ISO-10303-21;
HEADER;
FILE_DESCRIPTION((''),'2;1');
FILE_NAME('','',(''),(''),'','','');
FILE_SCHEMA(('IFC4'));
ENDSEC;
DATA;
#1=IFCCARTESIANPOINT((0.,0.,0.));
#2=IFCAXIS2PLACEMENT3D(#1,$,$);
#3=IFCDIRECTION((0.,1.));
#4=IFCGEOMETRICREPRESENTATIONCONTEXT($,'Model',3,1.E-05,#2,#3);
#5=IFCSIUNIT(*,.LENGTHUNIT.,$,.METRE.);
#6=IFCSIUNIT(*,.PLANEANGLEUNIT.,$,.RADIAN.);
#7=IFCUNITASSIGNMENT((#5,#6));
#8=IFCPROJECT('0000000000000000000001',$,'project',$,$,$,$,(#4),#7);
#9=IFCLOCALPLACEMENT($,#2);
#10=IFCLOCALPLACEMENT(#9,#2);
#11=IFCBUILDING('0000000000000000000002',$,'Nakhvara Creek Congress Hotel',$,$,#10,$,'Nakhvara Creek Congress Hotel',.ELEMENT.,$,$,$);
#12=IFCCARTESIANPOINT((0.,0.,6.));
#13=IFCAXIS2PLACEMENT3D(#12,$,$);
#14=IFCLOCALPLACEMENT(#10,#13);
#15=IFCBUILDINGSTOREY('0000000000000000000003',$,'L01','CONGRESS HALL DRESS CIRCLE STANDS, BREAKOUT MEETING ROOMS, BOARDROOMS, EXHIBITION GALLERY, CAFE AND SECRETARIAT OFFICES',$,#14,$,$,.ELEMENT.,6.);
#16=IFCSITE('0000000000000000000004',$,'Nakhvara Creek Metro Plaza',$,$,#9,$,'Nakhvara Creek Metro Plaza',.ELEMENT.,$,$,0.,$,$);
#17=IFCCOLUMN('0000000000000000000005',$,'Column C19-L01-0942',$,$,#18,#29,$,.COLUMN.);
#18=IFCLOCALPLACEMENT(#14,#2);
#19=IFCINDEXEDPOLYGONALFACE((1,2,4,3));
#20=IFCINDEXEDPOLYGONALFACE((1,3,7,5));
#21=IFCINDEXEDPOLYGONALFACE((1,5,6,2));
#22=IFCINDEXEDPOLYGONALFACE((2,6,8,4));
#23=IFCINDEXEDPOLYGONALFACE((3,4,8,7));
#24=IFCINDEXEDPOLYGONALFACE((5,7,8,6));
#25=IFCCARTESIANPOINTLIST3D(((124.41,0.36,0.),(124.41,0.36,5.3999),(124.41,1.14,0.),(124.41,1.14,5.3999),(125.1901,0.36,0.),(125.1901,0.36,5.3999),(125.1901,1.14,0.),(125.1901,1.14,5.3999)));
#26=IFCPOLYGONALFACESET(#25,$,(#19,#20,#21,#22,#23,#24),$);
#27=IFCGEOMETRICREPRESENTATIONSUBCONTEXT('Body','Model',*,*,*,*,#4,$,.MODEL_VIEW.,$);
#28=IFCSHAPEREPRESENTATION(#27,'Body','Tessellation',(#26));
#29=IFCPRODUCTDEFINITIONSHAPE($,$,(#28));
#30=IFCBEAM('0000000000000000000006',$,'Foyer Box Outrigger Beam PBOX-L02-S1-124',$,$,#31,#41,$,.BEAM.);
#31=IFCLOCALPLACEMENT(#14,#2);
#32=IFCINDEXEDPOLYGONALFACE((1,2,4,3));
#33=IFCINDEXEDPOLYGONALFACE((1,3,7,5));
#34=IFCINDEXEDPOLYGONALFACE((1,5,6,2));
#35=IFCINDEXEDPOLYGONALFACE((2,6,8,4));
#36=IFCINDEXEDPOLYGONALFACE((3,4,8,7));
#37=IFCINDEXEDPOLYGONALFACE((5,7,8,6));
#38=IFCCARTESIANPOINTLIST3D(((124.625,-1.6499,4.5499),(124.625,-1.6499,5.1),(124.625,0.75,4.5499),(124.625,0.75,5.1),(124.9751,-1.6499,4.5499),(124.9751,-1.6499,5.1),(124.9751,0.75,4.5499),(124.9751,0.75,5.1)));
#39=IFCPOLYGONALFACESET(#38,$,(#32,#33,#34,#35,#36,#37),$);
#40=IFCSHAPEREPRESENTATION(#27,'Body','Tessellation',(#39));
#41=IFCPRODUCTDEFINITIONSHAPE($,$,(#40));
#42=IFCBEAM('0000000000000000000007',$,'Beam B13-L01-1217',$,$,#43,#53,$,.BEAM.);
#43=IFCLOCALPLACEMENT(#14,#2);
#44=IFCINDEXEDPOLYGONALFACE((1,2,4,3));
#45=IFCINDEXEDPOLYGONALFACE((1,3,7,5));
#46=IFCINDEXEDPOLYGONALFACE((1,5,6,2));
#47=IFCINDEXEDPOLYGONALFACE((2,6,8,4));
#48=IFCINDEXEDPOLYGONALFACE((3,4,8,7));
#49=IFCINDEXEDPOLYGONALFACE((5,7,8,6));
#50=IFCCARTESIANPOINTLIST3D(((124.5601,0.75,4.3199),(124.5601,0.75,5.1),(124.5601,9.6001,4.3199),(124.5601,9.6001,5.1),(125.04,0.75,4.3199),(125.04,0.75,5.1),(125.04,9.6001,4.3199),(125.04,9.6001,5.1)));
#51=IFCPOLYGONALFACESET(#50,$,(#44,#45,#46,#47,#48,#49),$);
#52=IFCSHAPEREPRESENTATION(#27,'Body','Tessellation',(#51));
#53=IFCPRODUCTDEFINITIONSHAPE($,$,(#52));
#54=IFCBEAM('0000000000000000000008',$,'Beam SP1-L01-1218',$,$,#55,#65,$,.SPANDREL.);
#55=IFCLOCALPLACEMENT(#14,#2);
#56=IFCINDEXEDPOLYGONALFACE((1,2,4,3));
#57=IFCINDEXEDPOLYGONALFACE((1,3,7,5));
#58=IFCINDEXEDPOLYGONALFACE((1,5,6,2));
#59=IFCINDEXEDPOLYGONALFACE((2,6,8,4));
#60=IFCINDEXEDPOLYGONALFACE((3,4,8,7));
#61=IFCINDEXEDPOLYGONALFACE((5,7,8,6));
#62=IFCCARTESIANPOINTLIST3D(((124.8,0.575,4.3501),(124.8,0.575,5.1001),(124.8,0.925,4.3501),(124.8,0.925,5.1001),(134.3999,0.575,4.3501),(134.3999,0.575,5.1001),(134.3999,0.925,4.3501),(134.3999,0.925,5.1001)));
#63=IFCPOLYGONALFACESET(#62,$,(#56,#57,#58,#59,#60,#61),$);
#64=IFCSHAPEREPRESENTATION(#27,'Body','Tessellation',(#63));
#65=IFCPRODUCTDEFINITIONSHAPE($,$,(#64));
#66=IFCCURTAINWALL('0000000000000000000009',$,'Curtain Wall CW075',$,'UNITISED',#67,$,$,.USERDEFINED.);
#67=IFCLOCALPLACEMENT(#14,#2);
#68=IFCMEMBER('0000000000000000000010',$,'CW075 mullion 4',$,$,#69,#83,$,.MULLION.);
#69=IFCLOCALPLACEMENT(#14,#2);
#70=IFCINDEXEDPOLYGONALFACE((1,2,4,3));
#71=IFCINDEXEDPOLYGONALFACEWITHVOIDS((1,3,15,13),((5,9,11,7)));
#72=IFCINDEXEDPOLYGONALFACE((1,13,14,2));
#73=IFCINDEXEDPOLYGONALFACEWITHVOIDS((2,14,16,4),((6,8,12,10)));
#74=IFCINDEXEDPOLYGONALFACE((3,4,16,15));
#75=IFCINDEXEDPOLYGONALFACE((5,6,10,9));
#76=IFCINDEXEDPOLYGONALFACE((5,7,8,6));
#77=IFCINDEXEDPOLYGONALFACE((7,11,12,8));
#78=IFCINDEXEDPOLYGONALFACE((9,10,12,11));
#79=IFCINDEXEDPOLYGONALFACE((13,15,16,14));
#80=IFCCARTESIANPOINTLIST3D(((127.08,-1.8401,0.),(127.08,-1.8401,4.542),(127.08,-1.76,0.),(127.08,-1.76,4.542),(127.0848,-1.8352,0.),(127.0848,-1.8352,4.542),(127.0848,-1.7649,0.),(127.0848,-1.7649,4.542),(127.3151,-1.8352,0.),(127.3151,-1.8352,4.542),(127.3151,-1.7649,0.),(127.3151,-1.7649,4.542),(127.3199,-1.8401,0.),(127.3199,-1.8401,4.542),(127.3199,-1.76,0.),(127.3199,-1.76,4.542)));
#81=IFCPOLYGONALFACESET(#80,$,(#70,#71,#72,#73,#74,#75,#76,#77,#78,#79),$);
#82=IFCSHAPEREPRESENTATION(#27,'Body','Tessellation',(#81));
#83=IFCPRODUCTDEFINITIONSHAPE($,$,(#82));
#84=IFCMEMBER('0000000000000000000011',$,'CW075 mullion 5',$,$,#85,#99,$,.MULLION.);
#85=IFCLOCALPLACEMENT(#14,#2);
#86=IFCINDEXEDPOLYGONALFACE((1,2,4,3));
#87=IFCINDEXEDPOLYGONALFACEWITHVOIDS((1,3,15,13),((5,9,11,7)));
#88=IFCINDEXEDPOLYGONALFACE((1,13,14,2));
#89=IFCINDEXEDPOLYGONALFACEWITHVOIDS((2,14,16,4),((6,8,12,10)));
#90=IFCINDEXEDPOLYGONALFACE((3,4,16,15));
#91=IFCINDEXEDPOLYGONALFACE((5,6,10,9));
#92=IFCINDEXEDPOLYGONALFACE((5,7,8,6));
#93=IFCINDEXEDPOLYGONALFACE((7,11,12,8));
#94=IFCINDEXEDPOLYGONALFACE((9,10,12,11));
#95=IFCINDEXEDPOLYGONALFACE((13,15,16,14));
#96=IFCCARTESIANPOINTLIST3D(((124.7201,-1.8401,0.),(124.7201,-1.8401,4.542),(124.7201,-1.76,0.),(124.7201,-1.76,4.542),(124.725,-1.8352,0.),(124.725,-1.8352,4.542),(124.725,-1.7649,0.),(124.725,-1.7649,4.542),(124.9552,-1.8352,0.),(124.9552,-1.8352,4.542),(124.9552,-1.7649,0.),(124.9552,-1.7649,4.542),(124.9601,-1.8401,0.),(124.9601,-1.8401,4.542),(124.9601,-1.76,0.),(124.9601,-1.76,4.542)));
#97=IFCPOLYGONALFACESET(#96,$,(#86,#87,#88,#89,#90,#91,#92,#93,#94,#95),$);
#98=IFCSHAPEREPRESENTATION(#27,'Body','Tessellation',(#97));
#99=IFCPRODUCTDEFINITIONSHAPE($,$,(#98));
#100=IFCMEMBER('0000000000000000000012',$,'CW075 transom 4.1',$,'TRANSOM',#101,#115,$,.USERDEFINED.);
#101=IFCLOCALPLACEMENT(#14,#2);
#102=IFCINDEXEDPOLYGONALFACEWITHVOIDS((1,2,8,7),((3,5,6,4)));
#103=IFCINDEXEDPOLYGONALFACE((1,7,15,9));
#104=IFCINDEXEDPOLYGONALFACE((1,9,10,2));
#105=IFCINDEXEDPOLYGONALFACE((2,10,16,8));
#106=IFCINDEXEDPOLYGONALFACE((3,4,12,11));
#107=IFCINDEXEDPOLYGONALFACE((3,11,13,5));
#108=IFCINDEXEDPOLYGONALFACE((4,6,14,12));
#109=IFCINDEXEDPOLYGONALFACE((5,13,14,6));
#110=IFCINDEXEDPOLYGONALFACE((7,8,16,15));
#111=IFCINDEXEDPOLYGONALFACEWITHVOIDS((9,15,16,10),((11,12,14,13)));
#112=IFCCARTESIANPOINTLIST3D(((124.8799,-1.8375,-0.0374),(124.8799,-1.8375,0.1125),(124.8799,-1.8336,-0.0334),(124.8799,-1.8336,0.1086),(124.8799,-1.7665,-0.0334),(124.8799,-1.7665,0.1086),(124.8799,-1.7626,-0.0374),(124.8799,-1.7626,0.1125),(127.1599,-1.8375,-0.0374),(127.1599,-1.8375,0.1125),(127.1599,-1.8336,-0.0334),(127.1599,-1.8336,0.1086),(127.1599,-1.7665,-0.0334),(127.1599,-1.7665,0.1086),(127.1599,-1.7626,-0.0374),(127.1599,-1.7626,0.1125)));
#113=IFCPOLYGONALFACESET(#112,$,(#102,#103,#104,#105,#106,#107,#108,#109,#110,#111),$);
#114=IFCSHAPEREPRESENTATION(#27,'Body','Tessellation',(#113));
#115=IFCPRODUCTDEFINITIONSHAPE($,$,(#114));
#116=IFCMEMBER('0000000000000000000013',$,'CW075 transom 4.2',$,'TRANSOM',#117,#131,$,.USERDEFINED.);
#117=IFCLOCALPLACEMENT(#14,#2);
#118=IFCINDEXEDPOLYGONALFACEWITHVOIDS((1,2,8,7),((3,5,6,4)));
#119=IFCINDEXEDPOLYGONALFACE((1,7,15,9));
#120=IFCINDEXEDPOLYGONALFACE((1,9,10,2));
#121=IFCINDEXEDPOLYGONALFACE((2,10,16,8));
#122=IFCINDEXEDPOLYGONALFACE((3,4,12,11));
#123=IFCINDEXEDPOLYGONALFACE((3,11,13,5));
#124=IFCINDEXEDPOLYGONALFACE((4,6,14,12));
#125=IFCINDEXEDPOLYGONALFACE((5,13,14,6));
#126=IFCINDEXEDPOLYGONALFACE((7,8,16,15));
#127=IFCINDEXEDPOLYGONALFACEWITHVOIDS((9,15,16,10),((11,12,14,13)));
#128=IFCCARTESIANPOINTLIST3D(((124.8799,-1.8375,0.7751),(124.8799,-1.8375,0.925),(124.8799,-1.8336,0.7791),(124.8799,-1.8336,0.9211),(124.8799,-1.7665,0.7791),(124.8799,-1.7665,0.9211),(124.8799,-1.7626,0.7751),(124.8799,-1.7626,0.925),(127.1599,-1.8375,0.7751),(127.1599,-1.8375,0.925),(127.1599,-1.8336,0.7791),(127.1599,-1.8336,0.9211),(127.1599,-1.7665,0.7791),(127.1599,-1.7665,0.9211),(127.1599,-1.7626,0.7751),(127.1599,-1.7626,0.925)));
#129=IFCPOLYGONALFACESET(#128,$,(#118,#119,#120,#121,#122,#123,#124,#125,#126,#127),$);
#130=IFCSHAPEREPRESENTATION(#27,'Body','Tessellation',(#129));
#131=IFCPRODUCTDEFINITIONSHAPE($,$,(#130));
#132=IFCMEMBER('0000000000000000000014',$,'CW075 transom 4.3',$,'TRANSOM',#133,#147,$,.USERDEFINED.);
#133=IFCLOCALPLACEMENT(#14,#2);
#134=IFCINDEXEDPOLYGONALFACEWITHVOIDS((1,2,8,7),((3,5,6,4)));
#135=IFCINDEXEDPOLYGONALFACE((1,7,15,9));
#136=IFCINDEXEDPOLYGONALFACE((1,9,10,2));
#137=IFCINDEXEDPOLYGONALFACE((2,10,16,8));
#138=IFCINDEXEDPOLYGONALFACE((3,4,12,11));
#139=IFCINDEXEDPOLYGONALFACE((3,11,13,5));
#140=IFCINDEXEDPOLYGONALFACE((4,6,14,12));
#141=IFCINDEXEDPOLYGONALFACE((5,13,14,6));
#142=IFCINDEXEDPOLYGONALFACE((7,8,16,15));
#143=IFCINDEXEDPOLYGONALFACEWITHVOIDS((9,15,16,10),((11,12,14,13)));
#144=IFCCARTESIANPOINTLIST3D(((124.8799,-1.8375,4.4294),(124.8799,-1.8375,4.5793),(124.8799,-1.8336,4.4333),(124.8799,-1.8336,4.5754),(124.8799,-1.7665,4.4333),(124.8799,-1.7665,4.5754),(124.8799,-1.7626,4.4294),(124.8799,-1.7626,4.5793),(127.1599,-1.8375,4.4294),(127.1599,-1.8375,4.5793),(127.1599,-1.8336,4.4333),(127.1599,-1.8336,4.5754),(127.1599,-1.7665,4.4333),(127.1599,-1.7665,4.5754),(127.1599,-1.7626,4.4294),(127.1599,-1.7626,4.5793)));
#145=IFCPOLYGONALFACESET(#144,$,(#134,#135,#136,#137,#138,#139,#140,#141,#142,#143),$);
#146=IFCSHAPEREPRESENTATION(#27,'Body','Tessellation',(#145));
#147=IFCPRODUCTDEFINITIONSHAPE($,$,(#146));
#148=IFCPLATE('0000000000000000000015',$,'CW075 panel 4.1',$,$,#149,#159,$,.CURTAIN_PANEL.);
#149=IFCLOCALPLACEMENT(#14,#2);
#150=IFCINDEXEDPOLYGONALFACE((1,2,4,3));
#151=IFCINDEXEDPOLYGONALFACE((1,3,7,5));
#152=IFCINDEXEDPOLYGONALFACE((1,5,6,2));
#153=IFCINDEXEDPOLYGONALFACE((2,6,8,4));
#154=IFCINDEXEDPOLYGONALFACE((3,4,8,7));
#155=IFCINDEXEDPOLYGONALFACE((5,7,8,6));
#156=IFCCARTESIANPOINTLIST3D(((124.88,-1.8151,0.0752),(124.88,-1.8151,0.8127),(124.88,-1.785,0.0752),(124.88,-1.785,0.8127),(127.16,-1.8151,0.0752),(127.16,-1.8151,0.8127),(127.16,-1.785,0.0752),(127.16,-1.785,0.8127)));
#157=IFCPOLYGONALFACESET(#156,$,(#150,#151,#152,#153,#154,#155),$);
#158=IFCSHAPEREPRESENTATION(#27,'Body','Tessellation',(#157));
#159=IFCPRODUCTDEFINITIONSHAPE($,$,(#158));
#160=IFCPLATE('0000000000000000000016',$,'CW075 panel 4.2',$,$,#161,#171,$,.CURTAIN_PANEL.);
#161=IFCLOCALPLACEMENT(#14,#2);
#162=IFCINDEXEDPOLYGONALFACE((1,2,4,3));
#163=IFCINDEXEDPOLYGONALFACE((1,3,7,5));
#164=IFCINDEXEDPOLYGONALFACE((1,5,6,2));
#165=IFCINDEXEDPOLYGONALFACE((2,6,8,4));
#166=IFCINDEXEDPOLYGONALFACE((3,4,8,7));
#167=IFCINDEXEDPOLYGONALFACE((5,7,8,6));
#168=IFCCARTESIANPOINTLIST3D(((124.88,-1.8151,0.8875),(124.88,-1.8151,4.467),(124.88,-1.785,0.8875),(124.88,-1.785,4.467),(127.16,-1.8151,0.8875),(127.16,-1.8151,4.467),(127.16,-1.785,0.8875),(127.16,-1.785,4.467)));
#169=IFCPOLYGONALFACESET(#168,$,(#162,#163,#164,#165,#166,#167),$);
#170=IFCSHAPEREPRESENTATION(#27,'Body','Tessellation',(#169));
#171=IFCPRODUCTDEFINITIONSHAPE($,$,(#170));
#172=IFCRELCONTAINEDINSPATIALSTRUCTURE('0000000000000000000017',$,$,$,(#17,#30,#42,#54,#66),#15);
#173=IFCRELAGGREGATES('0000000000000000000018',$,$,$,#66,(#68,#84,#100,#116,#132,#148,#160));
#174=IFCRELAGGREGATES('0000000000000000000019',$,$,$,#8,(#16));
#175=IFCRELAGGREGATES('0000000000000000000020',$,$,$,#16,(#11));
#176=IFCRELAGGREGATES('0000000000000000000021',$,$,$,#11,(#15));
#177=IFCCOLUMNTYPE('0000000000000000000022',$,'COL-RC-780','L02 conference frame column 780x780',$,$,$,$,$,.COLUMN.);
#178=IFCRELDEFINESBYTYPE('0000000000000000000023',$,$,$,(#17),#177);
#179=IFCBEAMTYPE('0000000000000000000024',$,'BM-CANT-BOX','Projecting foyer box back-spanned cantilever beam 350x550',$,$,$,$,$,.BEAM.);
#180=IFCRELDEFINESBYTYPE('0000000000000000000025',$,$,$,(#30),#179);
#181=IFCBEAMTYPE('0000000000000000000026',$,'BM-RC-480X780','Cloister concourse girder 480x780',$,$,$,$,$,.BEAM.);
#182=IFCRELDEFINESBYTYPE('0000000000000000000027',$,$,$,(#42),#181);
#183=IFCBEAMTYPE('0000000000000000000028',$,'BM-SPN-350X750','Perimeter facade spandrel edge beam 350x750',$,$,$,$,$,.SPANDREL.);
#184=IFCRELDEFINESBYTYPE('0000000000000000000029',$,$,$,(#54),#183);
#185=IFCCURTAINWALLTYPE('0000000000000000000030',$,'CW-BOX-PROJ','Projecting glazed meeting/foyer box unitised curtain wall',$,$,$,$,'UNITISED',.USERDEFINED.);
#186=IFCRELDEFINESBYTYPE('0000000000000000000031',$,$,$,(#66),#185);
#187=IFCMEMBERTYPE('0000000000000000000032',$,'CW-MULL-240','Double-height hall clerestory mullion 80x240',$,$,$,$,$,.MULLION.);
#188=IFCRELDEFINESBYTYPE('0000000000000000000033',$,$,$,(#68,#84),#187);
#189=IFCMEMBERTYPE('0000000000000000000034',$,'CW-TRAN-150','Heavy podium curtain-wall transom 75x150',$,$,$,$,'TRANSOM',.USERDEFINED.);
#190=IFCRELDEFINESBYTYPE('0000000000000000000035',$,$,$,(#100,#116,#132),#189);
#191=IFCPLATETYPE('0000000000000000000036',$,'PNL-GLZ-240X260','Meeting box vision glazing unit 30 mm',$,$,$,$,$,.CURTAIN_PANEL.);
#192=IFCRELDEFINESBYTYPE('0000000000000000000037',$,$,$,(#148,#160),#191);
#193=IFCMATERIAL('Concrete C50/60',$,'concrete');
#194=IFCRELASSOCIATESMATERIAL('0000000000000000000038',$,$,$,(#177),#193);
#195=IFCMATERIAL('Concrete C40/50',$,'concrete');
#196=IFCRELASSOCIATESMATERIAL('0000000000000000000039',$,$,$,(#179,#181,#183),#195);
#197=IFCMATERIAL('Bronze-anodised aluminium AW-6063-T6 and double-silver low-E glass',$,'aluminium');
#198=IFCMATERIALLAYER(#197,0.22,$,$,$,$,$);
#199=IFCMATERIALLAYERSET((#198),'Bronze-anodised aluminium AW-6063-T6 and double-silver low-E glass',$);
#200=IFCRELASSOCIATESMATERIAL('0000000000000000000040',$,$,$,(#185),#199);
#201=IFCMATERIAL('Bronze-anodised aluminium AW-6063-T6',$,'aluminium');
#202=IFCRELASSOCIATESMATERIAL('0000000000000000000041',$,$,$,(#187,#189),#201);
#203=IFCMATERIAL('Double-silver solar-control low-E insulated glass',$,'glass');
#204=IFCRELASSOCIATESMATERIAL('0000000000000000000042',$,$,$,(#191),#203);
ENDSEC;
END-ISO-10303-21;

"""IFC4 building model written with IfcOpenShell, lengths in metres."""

from ifc_helpers import new_model, si_unit, direction, frame, origin, origin_2d, place, context, subcontext, project, spatial, rectangle, hollow_rectangle, extrude, material, layer, layer_set, material_profile, profile_set, type_object, element, aggregate, save


model = new_model("IFC4")

# Units and contexts
model_context = context("Model", 3, precision=1e-05, world=origin(), true_north=direction((0.0, 1.0)))
body_context = subcontext(model_context, "Body", "Model", "MODEL_VIEW")
ifc_project = project(units=[si_unit("LENGTHUNIT", "METRE"), si_unit("PLANEANGLEUNIT", "RADIAN")], contexts=[model_context])

# Site, building, storey
site_placement = place(None, origin())
site = spatial("IfcSite", under=ifc_project, at=site_placement, Name="Nakhvara Creek Metro Plaza", LongName="Nakhvara Creek Metro Plaza", CompositionType="ELEMENT", RefElevation=0.0)
building_placement = place(site_placement, origin())
building = spatial("IfcBuilding", under=site, at=building_placement, Name="Nakhvara Creek Congress Hotel", LongName="Nakhvara Creek Congress Hotel", CompositionType="ELEMENT")
storey_placement = place(building_placement, frame((0.0, 0.0, 6.0)))
storey = spatial("IfcBuildingStorey", under=building, at=storey_placement, Name="L01", Description="CONGRESS HALL DRESS CIRCLE STANDS, BREAKOUT MEETING ROOMS, BOARDROOMS, EXHIBITION GALLERY, CAFE AND SECRETARIAT OFFICES", CompositionType="ELEMENT", Elevation=6.0)

# Column
ifc_material_1 = material(Name="Concrete C50/60", Category="concrete")
ifc_material_profile_1 = material_profile(ifc_material_1, rectangle(XDim=0.78, YDim=0.78, at=origin_2d()), Name="RC-COL 780x780", Category="LoadBearing")
ifc_profile_set_1 = profile_set([ifc_material_profile_1], Name="Concrete C50/60")
column_type = type_object("IfcColumnType", Name="COL-RC-780", Description="L02 conference frame column 780x780", PredefinedType="COLUMN", material=ifc_profile_set_1)
column_placement = place(storey_placement, frame((124.8, 0.75, 0.0), z_axis=(0.0, 0.0, 1.0), x_axis=(1.0, 0.0, 0.0)))
element("IfcColumn", 1, at=column_placement, inside=storey, type_object=column_type, Name="Column C19-L01-0942", PredefinedType="COLUMN", context=body_context, shape_type="SweptSolid", body=[
    extrude(rectangle(XDim=0.78, YDim=0.78, at=origin_2d()), origin(), (0.0, 0.0, 1.0), 5.3999),
])

# Beams
ifc_material_2 = material(Name="Concrete C40/50", Category="concrete")
ifc_material_profile_2 = material_profile(ifc_material_2, rectangle(XDim=0.3501, YDim=0.55, at=origin_2d()), Name="RC-BM 350x550", Category="LoadBearing")
ifc_profile_set_2 = profile_set([ifc_material_profile_2], Name="Concrete C40/50")
beam_type_1 = type_object("IfcBeamType", Name="BM-CANT-BOX", Description="Projecting foyer box back-spanned cantilever beam 350x550", PredefinedType="BEAM", material=ifc_profile_set_2)
beam_1_placement = place(storey_placement, frame((124.8, 0.75, 4.825), z_axis=(0.0, -1.0, 0.0), x_axis=(1.0, 0.0, 0.0)))
element("IfcBeam", 2, at=beam_1_placement, inside=storey, type_object=beam_type_1, Name="Foyer Box Outrigger Beam PBOX-L02-S1-124", PredefinedType="BEAM", context=body_context, shape_type="SweptSolid", body=[
    extrude(rectangle(XDim=0.3501, YDim=0.55, at=origin_2d()), origin(), (0.0, 0.0, 1.0), 2.3999),
])
ifc_material_profile_3 = material_profile(ifc_material_2, rectangle(XDim=0.48, YDim=0.78, at=origin_2d()), Name="RC-BM 480x780", Category="LoadBearing")
ifc_profile_set_3 = profile_set([ifc_material_profile_3], Name="Concrete C40/50")
beam_type_2 = type_object("IfcBeamType", Name="BM-RC-480X780", Description="Cloister concourse girder 480x780", PredefinedType="BEAM", material=ifc_profile_set_3)
beam_2_placement = place(storey_placement, frame((124.8, 0.75, 4.71), z_axis=(0.0, 1.0, 0.0), x_axis=(-1.0, 0.0, 0.0)))
element("IfcBeam", 3, at=beam_2_placement, inside=storey, type_object=beam_type_2, Name="Beam B13-L01-1217", PredefinedType="BEAM", context=body_context, shape_type="SweptSolid", body=[
    extrude(rectangle(XDim=0.48, YDim=0.78, at=origin_2d()), origin(), (0.0, 0.0, 1.0), 8.8501),
])
ifc_material_profile_4 = material_profile(ifc_material_2, rectangle(XDim=0.3501, YDim=0.75, at=origin_2d()), Name="RC-SPANDREL 350x750", Category="LoadBearing")
ifc_profile_set_4 = profile_set([ifc_material_profile_4], Name="Concrete C40/50")
beam_type_3 = type_object("IfcBeamType", Name="BM-SPN-350X750", Description="Perimeter facade spandrel edge beam 350x750", PredefinedType="SPANDREL", material=ifc_profile_set_4)
beam_3_placement = place(storey_placement, frame((124.8, 0.75, 4.7251), z_axis=(1.0, 0.0, 0.0), x_axis=(0.0, 1.0, 0.0)))
element("IfcBeam", 4, at=beam_3_placement, inside=storey, type_object=beam_type_3, Name="Beam SP1-L01-1218", PredefinedType="SPANDREL", context=body_context, shape_type="SweptSolid", body=[
    extrude(rectangle(XDim=0.3501, YDim=0.75, at=origin_2d()), origin(), (0.0, 0.0, 1.0), 9.5999),
])

# Curtain wall, members, plates
ifc_material_3 = material(Name="Bronze-anodised aluminium AW-6063-T6 and double-silver low-E glass", Category="aluminium")
ifc_layer_1 = layer(ifc_material_3, 0.22)
ifc_layer_set_1 = layer_set([ifc_layer_1], Name="Bronze-anodised aluminium AW-6063-T6 and double-silver low-E glass")
curtain_wall_type = type_object("IfcCurtainWallType", Name="CW-BOX-PROJ", Description="Projecting glazed meeting/foyer box unitised curtain wall", ElementType="UNITISED", PredefinedType="USERDEFINED", material=ifc_layer_set_1)
curtain_wall_placement = place(storey_placement, origin())
curtain_wall = element("IfcCurtainWall", 5, at=curtain_wall_placement, inside=storey, type_object=curtain_wall_type, Name="Curtain Wall CW075", ObjectType="UNITISED", PredefinedType="USERDEFINED")
ifc_material_4 = material(Name="Bronze-anodised aluminium AW-6063-T6", Category="aluminium")
ifc_material_profile_5 = material_profile(ifc_material_4, hollow_rectangle(XDim=0.0801, YDim=0.24, WallThickness=0.0049, at=origin_2d()), Name="ALU-MULL 80x240x5", Category="LoadBearing")
ifc_profile_set_5 = profile_set([ifc_material_profile_5], Name="Bronze-anodised aluminium AW-6063-T6")
member_type_1 = type_object("IfcMemberType", Name="CW-MULL-240", Description="Double-height hall clerestory mullion 80x240", PredefinedType="MULLION", material=ifc_profile_set_5)
member_1_placement = place(storey_placement, frame((127.2, -1.8, 0.0), z_axis=(0.0, 0.0, 1.0), x_axis=(0.0, -1.0, 0.0)))
member_1 = element("IfcMember", 6, at=member_1_placement, type_object=member_type_1, Name="CW075 mullion 4", PredefinedType="MULLION", context=body_context, shape_type="SweptSolid", body=[
    extrude(hollow_rectangle(XDim=0.0801, YDim=0.24, WallThickness=0.0049, at=origin_2d()), origin(), (0.0, 0.0, 1.0), 4.542),
])
member_2_placement = place(storey_placement, frame((124.8401, -1.8, 0.0), z_axis=(0.0, 0.0, 1.0), x_axis=(0.0, -1.0, 0.0)))
member_2 = element("IfcMember", 7, at=member_2_placement, type_object=member_type_1, Name="CW075 mullion 5", PredefinedType="MULLION", context=body_context, shape_type="SweptSolid", body=[
    extrude(hollow_rectangle(XDim=0.0801, YDim=0.24, WallThickness=0.0049, at=origin_2d()), origin(), (0.0, 0.0, 1.0), 4.542),
])
ifc_material_profile_6 = material_profile(ifc_material_4, hollow_rectangle(XDim=0.075, YDim=0.1499, WallThickness=0.0039, at=origin_2d()), Name="ALU-TRAN 75x150x4", Category="LoadBearing")
ifc_profile_set_6 = profile_set([ifc_material_profile_6], Name="Bronze-anodised aluminium AW-6063-T6")
member_type_2 = type_object("IfcMemberType", Name="CW-TRAN-150", Description="Heavy podium curtain-wall transom 75x150", ElementType="TRANSOM", PredefinedType="USERDEFINED", material=ifc_profile_set_6)
member_3_placement = place(storey_placement, frame((127.1599, -1.8, 0.0376), z_axis=(-1.0, 0.0, 0.0), x_axis=(0.0, -1.0, 0.0)))
member_3 = element("IfcMember", 8, at=member_3_placement, type_object=member_type_2, Name="CW075 transom 4.1", ObjectType="TRANSOM", PredefinedType="USERDEFINED", context=body_context, shape_type="SweptSolid", body=[
    extrude(hollow_rectangle(XDim=0.075, YDim=0.1499, WallThickness=0.0039, at=origin_2d()), origin(), (0.0, 0.0, 1.0), 2.28),
])
member_4_placement = place(storey_placement, frame((127.1599, -1.8, 0.8501), z_axis=(-1.0, 0.0, 0.0), x_axis=(0.0, -1.0, 0.0)))
member_4 = element("IfcMember", 9, at=member_4_placement, type_object=member_type_2, Name="CW075 transom 4.2", ObjectType="TRANSOM", PredefinedType="USERDEFINED", context=body_context, shape_type="SweptSolid", body=[
    extrude(hollow_rectangle(XDim=0.075, YDim=0.1499, WallThickness=0.0039, at=origin_2d()), origin(), (0.0, 0.0, 1.0), 2.28),
])
member_5_placement = place(storey_placement, frame((127.1599, -1.8, 4.5044), z_axis=(-1.0, 0.0, 0.0), x_axis=(0.0, -1.0, 0.0)))
member_5 = element("IfcMember", 10, at=member_5_placement, type_object=member_type_2, Name="CW075 transom 4.3", ObjectType="TRANSOM", PredefinedType="USERDEFINED", context=body_context, shape_type="SweptSolid", body=[
    extrude(hollow_rectangle(XDim=0.075, YDim=0.1499, WallThickness=0.0039, at=origin_2d()), origin(), (0.0, 0.0, 1.0), 2.28),
])
ifc_material_5 = material(Name="Double-silver solar-control low-E insulated glass", Category="glass")
plate_type = type_object("IfcPlateType", Name="PNL-GLZ-240X260", Description="Meeting box vision glazing unit 30 mm", PredefinedType="CURTAIN_PANEL", material=ifc_material_5)
plate_1_placement = place(storey_placement, frame((126.02, -1.8, 0.0752), z_axis=(0.0, 0.0, 1.0), x_axis=(-1.0, 0.0, 0.0)))
plate_1 = element("IfcPlate", 11, at=plate_1_placement, type_object=plate_type, Name="CW075 panel 4.1", PredefinedType="CURTAIN_PANEL", context=body_context, shape_type="SweptSolid", body=[
    extrude(rectangle(XDim=2.28, YDim=0.03, at=origin_2d()), origin(), (0.0, 0.0, 1.0), 0.7375),
])
plate_2_placement = place(storey_placement, frame((126.02, -1.8, 0.8875), z_axis=(0.0, 0.0, 1.0), x_axis=(-1.0, 0.0, 0.0)))
plate_2 = element("IfcPlate", 12, at=plate_2_placement, type_object=plate_type, Name="CW075 panel 4.2", PredefinedType="CURTAIN_PANEL", context=body_context, shape_type="SweptSolid", body=[
    extrude(rectangle(XDim=2.28, YDim=0.03, at=origin_2d()), origin(), (0.0, 0.0, 1.0), 3.5796),
])
aggregate(curtain_wall, [member_1, member_2, member_3, member_4, member_5, plate_1, plate_2])

save(model, "model.ifc")
